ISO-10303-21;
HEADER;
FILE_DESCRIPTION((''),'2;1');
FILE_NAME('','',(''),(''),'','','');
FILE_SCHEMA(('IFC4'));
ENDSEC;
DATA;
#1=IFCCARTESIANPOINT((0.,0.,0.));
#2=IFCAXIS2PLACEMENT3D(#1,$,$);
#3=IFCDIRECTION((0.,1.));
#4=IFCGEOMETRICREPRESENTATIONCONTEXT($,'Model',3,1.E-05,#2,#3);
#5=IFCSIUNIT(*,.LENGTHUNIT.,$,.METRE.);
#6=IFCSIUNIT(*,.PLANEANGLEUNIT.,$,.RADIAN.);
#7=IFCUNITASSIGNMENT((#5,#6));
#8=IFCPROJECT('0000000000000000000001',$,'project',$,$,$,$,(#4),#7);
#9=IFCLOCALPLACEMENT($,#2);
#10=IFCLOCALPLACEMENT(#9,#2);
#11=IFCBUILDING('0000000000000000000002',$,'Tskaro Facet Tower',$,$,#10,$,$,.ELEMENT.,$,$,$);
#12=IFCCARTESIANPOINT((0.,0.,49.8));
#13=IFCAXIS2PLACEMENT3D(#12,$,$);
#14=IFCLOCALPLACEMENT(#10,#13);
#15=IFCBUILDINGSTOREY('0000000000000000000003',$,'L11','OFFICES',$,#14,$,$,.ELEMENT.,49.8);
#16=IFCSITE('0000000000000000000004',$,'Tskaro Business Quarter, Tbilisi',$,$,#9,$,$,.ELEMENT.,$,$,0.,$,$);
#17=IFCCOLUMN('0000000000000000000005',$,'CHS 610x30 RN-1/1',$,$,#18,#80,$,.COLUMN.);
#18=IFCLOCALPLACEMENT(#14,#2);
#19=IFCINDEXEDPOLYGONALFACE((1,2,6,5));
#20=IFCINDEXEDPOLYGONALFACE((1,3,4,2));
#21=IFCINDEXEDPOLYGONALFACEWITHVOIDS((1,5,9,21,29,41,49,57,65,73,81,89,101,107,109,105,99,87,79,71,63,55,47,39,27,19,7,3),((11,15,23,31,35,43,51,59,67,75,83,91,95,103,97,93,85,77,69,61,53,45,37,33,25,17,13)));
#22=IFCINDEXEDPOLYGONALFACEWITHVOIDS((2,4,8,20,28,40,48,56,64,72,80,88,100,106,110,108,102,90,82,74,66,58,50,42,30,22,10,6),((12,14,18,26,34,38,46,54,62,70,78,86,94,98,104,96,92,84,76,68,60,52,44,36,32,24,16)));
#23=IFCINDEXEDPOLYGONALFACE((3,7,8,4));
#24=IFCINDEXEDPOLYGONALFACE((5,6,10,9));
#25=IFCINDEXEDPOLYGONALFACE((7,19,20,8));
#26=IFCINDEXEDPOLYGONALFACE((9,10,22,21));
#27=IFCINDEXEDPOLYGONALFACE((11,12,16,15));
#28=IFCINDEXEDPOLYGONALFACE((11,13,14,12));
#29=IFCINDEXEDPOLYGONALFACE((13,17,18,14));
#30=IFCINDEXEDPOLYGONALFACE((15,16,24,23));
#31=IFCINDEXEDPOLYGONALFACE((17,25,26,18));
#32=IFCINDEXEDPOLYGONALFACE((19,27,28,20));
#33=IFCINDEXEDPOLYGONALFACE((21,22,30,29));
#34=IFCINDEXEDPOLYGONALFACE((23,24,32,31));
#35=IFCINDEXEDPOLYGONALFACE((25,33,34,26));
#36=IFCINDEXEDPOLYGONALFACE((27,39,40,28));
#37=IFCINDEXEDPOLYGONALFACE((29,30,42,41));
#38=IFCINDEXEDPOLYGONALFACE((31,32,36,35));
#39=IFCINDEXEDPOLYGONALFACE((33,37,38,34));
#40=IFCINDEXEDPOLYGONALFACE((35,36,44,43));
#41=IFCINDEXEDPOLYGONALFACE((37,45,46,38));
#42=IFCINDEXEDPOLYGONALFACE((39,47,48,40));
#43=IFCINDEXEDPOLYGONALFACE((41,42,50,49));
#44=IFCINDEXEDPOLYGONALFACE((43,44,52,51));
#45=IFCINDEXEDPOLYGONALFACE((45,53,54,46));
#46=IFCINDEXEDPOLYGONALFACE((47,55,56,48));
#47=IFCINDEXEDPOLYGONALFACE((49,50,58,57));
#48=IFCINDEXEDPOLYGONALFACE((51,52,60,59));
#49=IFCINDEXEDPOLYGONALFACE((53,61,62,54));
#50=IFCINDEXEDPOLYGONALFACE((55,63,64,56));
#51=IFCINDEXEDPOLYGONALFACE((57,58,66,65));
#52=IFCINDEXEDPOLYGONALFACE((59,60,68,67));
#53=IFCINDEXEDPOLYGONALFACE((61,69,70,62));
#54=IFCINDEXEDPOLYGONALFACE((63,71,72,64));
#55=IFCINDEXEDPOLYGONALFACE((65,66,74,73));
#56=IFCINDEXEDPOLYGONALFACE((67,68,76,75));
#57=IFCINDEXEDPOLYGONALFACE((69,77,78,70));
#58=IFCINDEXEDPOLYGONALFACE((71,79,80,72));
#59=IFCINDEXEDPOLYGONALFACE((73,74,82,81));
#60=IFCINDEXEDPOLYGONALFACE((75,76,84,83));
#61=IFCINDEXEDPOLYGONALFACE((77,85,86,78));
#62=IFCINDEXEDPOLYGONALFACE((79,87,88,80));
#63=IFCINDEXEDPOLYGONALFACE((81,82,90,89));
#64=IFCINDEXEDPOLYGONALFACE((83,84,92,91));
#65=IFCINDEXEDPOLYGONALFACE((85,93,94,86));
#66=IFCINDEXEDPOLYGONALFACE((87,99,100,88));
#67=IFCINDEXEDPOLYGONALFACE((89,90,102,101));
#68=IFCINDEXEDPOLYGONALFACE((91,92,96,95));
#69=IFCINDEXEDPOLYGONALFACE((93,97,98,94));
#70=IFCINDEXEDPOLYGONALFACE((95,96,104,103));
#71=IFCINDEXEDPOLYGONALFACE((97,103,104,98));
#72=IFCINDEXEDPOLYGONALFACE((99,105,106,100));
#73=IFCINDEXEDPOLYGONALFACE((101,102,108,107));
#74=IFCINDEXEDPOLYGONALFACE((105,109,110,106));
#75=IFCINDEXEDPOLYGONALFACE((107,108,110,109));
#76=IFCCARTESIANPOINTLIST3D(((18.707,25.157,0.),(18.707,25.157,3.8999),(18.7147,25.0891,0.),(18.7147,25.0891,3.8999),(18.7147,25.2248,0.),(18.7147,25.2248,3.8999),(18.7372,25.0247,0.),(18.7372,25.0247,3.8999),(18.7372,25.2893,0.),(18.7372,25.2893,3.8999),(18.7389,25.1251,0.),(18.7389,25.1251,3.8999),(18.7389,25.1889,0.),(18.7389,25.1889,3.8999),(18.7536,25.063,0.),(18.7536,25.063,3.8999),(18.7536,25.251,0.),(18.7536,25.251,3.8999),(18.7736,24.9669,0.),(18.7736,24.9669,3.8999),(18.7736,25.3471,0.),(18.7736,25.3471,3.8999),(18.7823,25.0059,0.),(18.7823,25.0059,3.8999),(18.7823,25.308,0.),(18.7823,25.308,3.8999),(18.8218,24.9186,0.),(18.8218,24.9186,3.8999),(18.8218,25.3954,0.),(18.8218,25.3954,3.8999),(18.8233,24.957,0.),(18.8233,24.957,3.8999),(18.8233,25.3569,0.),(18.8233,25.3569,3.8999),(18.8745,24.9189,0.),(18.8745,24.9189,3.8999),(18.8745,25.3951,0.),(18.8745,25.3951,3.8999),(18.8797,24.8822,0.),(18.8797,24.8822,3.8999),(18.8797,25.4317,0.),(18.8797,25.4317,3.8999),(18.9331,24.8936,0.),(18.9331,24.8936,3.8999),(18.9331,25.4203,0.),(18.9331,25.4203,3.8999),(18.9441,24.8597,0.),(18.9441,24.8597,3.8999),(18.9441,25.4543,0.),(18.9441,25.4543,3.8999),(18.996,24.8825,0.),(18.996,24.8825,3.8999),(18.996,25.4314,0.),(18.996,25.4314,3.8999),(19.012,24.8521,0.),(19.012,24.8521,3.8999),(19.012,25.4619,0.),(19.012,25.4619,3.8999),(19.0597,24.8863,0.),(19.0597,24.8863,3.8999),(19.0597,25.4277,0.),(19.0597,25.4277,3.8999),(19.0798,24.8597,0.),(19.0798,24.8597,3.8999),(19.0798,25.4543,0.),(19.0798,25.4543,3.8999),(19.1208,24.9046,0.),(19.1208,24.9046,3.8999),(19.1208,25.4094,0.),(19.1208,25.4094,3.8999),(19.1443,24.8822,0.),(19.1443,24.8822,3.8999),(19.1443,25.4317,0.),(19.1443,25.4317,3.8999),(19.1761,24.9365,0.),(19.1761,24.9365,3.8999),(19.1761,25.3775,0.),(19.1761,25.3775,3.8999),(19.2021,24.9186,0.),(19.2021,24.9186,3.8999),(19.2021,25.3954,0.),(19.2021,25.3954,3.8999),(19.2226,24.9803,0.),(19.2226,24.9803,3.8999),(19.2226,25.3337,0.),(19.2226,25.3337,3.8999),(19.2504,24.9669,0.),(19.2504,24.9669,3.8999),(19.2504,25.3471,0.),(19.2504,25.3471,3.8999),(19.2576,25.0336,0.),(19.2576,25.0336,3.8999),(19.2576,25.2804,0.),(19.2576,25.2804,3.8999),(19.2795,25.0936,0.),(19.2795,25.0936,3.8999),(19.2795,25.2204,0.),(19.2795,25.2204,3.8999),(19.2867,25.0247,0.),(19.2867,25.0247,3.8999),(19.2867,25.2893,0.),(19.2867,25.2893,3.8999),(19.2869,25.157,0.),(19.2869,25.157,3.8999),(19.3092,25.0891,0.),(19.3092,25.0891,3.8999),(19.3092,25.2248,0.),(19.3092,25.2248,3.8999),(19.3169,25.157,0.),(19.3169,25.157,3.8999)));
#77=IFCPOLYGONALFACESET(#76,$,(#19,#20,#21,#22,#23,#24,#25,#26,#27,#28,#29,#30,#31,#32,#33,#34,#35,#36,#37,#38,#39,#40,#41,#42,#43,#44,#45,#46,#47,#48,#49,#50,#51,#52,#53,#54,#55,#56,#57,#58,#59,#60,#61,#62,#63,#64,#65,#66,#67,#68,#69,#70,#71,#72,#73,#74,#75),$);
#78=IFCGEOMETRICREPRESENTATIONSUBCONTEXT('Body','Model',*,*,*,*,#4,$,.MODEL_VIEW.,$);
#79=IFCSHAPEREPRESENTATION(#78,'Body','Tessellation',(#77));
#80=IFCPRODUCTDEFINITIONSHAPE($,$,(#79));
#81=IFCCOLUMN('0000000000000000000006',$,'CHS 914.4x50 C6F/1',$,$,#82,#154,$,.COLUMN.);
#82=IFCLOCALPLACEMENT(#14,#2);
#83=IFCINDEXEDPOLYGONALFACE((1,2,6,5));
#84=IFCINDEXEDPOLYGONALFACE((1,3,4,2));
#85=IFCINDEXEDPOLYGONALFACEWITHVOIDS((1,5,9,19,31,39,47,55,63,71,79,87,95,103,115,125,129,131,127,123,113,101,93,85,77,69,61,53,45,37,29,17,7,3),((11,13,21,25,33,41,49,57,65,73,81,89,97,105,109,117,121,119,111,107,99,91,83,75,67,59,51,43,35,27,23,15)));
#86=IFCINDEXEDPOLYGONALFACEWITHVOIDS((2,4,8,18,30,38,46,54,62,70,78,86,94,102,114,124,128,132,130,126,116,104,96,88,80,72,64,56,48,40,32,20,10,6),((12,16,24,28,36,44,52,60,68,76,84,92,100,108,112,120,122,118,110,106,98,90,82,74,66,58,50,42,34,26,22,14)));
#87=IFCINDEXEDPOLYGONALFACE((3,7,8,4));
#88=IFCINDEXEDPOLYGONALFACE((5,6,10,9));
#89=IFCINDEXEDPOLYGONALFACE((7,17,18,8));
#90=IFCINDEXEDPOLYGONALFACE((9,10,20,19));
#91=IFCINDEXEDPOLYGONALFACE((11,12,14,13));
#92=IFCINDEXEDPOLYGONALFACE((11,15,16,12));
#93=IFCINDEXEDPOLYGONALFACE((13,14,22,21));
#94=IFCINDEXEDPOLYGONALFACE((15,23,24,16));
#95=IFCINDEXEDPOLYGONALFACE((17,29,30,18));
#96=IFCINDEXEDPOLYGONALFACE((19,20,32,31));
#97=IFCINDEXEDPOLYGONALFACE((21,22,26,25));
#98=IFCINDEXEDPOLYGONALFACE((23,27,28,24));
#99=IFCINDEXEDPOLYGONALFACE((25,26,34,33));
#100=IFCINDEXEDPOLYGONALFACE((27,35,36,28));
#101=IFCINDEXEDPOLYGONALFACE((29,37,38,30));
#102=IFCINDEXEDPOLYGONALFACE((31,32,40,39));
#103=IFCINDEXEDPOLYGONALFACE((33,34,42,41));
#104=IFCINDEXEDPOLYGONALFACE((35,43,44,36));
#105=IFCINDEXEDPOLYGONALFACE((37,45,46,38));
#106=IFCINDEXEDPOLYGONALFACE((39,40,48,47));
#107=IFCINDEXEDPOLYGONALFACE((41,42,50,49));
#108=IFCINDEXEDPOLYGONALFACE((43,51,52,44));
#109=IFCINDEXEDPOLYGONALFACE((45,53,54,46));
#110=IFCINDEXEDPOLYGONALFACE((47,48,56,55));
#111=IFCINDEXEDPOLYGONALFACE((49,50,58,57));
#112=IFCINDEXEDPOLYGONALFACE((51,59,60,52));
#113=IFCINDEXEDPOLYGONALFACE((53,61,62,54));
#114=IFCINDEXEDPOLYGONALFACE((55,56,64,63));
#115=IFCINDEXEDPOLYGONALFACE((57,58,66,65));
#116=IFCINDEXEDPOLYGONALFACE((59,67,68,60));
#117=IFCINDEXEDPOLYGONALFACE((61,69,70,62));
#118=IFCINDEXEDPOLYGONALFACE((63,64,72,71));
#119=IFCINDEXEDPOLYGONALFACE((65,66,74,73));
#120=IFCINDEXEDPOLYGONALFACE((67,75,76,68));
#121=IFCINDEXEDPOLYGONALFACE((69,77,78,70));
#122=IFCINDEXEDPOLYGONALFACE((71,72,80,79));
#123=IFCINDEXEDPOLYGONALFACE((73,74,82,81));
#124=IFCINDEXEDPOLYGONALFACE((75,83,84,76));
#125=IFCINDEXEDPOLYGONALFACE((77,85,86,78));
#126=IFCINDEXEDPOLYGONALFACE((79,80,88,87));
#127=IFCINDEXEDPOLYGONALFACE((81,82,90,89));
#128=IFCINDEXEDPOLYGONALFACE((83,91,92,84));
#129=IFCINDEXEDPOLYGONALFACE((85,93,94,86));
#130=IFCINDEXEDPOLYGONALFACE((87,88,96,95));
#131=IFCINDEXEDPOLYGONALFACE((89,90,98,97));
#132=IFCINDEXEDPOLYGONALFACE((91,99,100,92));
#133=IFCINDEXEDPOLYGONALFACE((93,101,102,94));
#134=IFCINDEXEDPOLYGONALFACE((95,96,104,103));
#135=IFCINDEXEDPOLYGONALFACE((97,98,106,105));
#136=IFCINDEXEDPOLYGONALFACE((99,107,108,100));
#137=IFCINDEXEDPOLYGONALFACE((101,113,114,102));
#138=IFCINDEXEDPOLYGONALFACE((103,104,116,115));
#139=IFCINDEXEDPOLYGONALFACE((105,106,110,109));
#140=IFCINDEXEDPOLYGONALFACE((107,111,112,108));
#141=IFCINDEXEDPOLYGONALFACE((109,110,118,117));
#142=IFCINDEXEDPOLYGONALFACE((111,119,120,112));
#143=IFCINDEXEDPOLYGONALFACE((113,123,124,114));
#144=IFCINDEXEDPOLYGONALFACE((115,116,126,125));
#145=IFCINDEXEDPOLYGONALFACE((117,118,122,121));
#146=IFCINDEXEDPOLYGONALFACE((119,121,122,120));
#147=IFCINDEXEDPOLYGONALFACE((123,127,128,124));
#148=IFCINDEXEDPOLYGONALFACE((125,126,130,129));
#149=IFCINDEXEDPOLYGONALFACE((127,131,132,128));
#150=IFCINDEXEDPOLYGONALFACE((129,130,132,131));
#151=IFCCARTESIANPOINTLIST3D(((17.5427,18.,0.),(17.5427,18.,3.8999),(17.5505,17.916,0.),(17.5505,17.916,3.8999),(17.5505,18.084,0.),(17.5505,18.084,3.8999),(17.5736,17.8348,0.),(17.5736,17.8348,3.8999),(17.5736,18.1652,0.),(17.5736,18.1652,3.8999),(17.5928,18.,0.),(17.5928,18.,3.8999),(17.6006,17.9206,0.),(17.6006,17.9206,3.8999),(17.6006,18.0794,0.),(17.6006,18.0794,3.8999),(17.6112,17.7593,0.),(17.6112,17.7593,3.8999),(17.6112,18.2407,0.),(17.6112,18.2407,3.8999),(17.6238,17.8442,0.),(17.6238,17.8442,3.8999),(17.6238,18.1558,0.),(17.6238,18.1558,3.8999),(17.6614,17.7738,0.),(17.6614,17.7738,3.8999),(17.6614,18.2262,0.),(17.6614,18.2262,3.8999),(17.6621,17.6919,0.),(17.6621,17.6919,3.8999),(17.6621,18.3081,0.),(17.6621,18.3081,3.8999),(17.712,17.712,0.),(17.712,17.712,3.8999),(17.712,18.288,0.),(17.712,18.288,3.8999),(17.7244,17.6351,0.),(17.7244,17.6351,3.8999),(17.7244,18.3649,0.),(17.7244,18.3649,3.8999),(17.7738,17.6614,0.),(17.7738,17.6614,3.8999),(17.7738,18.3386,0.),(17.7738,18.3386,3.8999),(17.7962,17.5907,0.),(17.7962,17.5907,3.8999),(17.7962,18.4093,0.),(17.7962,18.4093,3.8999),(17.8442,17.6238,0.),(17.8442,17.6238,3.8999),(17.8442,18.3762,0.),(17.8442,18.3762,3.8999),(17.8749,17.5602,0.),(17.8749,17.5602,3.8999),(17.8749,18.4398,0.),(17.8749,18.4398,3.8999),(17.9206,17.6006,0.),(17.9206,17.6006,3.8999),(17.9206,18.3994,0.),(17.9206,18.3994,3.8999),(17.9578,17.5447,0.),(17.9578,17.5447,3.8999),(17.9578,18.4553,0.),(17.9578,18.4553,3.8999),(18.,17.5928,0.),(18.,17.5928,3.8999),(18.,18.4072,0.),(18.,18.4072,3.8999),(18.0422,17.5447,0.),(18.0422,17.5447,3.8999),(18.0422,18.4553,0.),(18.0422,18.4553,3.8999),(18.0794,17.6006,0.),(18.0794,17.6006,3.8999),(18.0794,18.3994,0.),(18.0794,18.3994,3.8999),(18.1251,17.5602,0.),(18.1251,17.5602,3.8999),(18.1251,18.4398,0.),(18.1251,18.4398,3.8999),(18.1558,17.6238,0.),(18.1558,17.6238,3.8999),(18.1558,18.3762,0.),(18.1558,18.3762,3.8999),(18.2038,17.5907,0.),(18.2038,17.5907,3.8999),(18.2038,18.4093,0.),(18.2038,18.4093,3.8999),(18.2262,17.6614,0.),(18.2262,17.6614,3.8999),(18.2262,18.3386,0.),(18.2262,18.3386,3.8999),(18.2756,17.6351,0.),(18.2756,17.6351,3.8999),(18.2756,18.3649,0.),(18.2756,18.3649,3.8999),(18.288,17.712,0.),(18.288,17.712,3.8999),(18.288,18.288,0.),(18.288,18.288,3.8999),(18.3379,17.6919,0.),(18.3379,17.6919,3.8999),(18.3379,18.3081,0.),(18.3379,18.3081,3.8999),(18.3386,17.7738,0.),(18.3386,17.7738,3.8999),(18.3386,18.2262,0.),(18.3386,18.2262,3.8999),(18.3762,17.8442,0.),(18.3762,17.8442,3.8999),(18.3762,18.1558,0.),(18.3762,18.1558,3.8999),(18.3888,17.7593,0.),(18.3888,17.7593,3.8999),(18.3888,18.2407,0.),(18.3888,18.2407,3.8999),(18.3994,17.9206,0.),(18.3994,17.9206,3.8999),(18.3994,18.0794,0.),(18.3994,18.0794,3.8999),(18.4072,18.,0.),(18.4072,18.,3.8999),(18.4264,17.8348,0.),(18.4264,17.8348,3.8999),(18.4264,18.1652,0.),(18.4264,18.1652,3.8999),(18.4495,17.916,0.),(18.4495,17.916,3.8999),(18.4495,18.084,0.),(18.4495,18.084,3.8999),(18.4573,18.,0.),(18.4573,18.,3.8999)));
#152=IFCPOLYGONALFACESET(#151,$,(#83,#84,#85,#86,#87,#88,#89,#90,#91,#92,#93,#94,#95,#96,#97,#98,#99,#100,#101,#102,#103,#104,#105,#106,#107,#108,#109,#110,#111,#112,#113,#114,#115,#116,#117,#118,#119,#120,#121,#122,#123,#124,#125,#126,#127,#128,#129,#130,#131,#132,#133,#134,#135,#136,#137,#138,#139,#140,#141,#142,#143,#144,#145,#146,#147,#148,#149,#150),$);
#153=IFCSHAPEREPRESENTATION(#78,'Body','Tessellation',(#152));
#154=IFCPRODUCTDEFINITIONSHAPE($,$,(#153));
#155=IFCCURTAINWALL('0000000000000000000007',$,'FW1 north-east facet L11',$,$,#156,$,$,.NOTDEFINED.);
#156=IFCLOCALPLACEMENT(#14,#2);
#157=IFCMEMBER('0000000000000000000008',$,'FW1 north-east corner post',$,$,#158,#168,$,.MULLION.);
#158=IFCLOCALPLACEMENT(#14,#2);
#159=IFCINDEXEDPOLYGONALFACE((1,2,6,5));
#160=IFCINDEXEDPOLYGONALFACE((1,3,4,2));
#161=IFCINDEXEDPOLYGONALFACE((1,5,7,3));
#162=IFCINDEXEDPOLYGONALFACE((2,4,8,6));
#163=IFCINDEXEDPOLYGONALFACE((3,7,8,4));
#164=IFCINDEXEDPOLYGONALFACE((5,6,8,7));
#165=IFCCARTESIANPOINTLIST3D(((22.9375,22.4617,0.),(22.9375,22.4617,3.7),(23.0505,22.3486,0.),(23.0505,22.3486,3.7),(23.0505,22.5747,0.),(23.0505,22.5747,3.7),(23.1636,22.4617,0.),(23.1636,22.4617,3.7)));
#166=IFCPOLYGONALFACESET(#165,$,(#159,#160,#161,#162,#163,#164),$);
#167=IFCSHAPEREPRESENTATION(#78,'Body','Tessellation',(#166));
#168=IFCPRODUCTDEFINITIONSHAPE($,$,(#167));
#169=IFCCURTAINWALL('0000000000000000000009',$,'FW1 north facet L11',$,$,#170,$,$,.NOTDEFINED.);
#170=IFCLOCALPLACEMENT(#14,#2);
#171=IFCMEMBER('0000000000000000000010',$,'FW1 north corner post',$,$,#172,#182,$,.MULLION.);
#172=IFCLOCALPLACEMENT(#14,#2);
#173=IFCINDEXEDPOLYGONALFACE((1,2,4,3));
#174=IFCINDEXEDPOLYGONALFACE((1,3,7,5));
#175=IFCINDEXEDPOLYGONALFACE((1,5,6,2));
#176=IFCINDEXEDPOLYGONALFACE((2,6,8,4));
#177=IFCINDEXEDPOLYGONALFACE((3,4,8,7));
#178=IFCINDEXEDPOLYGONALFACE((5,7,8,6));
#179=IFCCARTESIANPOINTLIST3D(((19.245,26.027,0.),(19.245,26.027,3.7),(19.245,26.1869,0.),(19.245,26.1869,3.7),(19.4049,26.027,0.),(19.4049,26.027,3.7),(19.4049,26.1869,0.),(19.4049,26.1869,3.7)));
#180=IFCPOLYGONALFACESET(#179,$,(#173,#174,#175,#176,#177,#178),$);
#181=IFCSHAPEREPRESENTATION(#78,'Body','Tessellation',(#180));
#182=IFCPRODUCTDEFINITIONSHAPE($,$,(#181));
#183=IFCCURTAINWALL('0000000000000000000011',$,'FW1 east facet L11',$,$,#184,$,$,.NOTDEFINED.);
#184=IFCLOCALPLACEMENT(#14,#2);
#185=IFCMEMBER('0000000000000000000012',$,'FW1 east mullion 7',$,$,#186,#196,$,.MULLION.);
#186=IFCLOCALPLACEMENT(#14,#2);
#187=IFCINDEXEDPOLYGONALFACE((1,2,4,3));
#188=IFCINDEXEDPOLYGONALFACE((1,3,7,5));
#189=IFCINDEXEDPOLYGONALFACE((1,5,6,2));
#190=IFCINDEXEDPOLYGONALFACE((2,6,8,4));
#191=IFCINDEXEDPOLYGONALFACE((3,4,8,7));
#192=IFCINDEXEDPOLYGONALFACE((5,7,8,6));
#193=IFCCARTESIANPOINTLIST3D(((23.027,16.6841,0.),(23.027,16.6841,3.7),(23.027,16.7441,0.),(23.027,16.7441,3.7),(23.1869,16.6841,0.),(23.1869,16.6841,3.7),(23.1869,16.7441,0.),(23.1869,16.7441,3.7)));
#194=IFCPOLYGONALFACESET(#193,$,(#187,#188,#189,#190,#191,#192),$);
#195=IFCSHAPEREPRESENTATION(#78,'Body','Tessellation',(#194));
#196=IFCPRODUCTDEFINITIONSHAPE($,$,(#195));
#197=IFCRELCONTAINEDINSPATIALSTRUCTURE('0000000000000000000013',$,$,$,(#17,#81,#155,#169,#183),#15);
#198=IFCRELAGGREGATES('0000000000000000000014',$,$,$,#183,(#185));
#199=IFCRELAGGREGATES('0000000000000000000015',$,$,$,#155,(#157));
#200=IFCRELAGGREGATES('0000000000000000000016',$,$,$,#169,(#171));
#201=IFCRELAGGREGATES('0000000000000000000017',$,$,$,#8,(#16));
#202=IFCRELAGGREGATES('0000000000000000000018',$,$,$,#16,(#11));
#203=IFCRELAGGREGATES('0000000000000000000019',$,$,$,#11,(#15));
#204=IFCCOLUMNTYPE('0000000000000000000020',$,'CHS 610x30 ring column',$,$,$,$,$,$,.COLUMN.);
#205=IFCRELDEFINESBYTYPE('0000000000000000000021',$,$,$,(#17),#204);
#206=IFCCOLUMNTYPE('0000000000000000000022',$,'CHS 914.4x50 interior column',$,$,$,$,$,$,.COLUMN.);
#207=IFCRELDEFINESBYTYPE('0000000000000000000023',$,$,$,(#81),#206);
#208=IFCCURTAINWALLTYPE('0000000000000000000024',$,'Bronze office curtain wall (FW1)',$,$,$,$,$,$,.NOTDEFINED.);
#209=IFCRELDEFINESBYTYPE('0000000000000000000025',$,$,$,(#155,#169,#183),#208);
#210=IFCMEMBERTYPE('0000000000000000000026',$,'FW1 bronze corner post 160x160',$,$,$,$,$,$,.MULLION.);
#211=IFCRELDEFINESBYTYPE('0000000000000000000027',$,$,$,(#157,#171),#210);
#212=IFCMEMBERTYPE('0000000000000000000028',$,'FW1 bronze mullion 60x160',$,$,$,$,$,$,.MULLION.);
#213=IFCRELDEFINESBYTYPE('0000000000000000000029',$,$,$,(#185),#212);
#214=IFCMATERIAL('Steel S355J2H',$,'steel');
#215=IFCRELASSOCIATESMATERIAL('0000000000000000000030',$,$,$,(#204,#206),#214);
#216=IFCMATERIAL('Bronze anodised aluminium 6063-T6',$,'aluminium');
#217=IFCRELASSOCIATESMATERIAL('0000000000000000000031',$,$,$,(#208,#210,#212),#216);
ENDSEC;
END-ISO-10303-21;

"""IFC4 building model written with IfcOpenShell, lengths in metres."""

from ifc_helpers import new_model, si_unit, direction, frame, origin, origin_2d, place, context, subcontext, project, spatial, rectangle, hollow_circle, extrude, material, material_profile, profile_set, type_object, element, aggregate, save


model = new_model("IFC4")

# Units and contexts
model_context = context("Model", 3, precision=1e-05, world=origin(), true_north=direction((0.0, 1.0)))
body_context = subcontext(model_context, "Body", "Model", "MODEL_VIEW")
ifc_project = project(units=[si_unit("LENGTHUNIT", "METRE"), si_unit("PLANEANGLEUNIT", "RADIAN")], contexts=[model_context])

# Site, building, storey
site_placement = place(None, origin())
site = spatial("IfcSite", under=ifc_project, at=site_placement, Name="Tskaro Business Quarter, Tbilisi", CompositionType="ELEMENT", RefElevation=0.0)
building_placement = place(site_placement, origin())
building = spatial("IfcBuilding", under=site, at=building_placement, Name="Tskaro Facet Tower", CompositionType="ELEMENT")
storey_placement = place(building_placement, frame((0.0, 0.0, 49.8)))
storey = spatial("IfcBuildingStorey", under=building, at=storey_placement, Name="L11", Description="OFFICES", CompositionType="ELEMENT", Elevation=49.8)

# Columns
ifc_material_1 = material(Name="Steel S355J2H", Category="steel")
ifc_material_profile_1 = material_profile(ifc_material_1, hollow_circle(Radius=0.3049, WallThickness=0.03, at=origin_2d()), Name="CHS 610x30")
ifc_profile_set_1 = profile_set([ifc_material_profile_1], Name="Steel S355J2H")
column_type_1 = type_object("IfcColumnType", Name="CHS 610x30 ring column", PredefinedType="COLUMN", material=ifc_profile_set_1)
for number, where, z_axis, x_axis, name in (
    (1, (19.012, 25.157, 0.0), (0.0, 0.0, 1.0), (1.0, 0.0, 0.0), "CHS 610x30 RN-1/1"),
):
    element("IfcColumn", number, at=place(storey_placement, frame(where, z_axis=z_axis, x_axis=x_axis)), inside=storey, type_object=column_type_1, Name=name, PredefinedType="COLUMN", context=body_context, shape_type="SweptSolid", body=[
        extrude(hollow_circle(Radius=0.3049, WallThickness=0.03, at=origin_2d()), origin(), (0.0, 0.0, 1.0), 3.8999),
    ])
ifc_material_profile_2 = material_profile(ifc_material_1, hollow_circle(Radius=0.4573, WallThickness=0.05, at=origin_2d()), Name="CHS 914.4x50")
ifc_profile_set_2 = profile_set([ifc_material_profile_2], Name="Steel S355J2H")
column_type_2 = type_object("IfcColumnType", Name="CHS 914.4x50 interior column", PredefinedType="COLUMN", material=ifc_profile_set_2)
column_placement = place(storey_placement, frame((18.0, 18.0, 0.0), z_axis=(0.0, 0.0, 1.0), x_axis=(1.0, 0.0, 0.0)))
element("IfcColumn", 2, at=column_placement, inside=storey, type_object=column_type_2, Name="CHS 914.4x50 C6F/1", PredefinedType="COLUMN", context=body_context, shape_type="SweptSolid", body=[
    extrude(hollow_circle(Radius=0.4573, WallThickness=0.05, at=origin_2d()), origin(), (0.0, 0.0, 1.0), 3.8999),
])

# Curtain walls, members
ifc_material_2 = material(Name="Bronze anodised aluminium 6063-T6", Category="aluminium")
curtain_wall_type = type_object("IfcCurtainWallType", Name="Bronze office curtain wall (FW1)", PredefinedType="NOTDEFINED", material=ifc_material_2)
curtain_wall_1_placement = place(storey_placement, origin())
curtain_wall_1 = element("IfcCurtainWall", 3, at=curtain_wall_1_placement, inside=storey, type_object=curtain_wall_type, Name="FW1 north-east facet L11", PredefinedType="NOTDEFINED")
ifc_material_profile_3 = material_profile(ifc_material_2, rectangle(XDim=0.1599, YDim=0.1599, at=origin_2d()), Name="Corner post 160x160")
ifc_profile_set_3 = profile_set([ifc_material_profile_3], Name="Bronze anodised aluminium 6063-T6")
member_type_1 = type_object("IfcMemberType", Name="FW1 bronze corner post 160x160", PredefinedType="MULLION", material=ifc_profile_set_3)
member_1_placement = place(storey_placement, frame((23.0505, 22.4617, 0.0), z_axis=(0.0, 0.0, 1.0), x_axis=(-0.707107, 0.707107, 0.0)))
member_1 = element("IfcMember", 4, at=member_1_placement, type_object=member_type_1, Name="FW1 north-east corner post", PredefinedType="MULLION", context=body_context, shape_type="SweptSolid", body=[
    extrude(rectangle(XDim=0.1599, YDim=0.1599, at=origin_2d()), origin(), (0.0, 0.0, 1.0), 3.7),
])
curtain_wall_2_placement = place(storey_placement, origin())
curtain_wall_2 = element("IfcCurtainWall", 5, at=curtain_wall_2_placement, inside=storey, type_object=curtain_wall_type, Name="FW1 north facet L11", PredefinedType="NOTDEFINED")
member_2_placement = place(storey_placement, frame((19.325, 26.1069, 0.0), z_axis=(0.0, 0.0, 1.0), x_axis=(-1.0, 0.0, 0.0)))
member_2 = element("IfcMember", 6, at=member_2_placement, type_object=member_type_1, Name="FW1 north corner post", PredefinedType="MULLION", context=body_context, shape_type="SweptSolid", body=[
    extrude(rectangle(XDim=0.1599, YDim=0.1599, at=origin_2d()), origin(), (0.0, 0.0, 1.0), 3.7),
])

# Curtain wall, member
curtain_wall_3_placement = place(storey_placement, origin())
curtain_wall_3 = element("IfcCurtainWall", 7, at=curtain_wall_3_placement, inside=storey, type_object=curtain_wall_type, Name="FW1 east facet L11", PredefinedType="NOTDEFINED")
ifc_material_profile_4 = material_profile(ifc_material_2, rectangle(XDim=0.0601, YDim=0.1599, at=origin_2d()), Name="Mullion 60x160")
ifc_profile_set_4 = profile_set([ifc_material_profile_4], Name="Bronze anodised aluminium 6063-T6")
member_type_2 = type_object("IfcMemberType", Name="FW1 bronze mullion 60x160", PredefinedType="MULLION", material=ifc_profile_set_4)
member_3_placement = place(storey_placement, frame((23.1069, 16.7141, 0.0), z_axis=(0.0, 0.0, 1.0), x_axis=(0.0, 1.0, 0.0)))
member_3 = element("IfcMember", 8, at=member_3_placement, type_object=member_type_2, Name="FW1 east mullion 7", PredefinedType="MULLION", context=body_context, shape_type="SweptSolid", body=[
    extrude(rectangle(XDim=0.0601, YDim=0.1599, at=origin_2d()), origin(), (0.0, 0.0, 1.0), 3.7),
])

aggregate(curtain_wall_3, [member_3])
aggregate(curtain_wall_1, [member_1])
aggregate(curtain_wall_2, [member_2])

save(model, "model.ifc")
